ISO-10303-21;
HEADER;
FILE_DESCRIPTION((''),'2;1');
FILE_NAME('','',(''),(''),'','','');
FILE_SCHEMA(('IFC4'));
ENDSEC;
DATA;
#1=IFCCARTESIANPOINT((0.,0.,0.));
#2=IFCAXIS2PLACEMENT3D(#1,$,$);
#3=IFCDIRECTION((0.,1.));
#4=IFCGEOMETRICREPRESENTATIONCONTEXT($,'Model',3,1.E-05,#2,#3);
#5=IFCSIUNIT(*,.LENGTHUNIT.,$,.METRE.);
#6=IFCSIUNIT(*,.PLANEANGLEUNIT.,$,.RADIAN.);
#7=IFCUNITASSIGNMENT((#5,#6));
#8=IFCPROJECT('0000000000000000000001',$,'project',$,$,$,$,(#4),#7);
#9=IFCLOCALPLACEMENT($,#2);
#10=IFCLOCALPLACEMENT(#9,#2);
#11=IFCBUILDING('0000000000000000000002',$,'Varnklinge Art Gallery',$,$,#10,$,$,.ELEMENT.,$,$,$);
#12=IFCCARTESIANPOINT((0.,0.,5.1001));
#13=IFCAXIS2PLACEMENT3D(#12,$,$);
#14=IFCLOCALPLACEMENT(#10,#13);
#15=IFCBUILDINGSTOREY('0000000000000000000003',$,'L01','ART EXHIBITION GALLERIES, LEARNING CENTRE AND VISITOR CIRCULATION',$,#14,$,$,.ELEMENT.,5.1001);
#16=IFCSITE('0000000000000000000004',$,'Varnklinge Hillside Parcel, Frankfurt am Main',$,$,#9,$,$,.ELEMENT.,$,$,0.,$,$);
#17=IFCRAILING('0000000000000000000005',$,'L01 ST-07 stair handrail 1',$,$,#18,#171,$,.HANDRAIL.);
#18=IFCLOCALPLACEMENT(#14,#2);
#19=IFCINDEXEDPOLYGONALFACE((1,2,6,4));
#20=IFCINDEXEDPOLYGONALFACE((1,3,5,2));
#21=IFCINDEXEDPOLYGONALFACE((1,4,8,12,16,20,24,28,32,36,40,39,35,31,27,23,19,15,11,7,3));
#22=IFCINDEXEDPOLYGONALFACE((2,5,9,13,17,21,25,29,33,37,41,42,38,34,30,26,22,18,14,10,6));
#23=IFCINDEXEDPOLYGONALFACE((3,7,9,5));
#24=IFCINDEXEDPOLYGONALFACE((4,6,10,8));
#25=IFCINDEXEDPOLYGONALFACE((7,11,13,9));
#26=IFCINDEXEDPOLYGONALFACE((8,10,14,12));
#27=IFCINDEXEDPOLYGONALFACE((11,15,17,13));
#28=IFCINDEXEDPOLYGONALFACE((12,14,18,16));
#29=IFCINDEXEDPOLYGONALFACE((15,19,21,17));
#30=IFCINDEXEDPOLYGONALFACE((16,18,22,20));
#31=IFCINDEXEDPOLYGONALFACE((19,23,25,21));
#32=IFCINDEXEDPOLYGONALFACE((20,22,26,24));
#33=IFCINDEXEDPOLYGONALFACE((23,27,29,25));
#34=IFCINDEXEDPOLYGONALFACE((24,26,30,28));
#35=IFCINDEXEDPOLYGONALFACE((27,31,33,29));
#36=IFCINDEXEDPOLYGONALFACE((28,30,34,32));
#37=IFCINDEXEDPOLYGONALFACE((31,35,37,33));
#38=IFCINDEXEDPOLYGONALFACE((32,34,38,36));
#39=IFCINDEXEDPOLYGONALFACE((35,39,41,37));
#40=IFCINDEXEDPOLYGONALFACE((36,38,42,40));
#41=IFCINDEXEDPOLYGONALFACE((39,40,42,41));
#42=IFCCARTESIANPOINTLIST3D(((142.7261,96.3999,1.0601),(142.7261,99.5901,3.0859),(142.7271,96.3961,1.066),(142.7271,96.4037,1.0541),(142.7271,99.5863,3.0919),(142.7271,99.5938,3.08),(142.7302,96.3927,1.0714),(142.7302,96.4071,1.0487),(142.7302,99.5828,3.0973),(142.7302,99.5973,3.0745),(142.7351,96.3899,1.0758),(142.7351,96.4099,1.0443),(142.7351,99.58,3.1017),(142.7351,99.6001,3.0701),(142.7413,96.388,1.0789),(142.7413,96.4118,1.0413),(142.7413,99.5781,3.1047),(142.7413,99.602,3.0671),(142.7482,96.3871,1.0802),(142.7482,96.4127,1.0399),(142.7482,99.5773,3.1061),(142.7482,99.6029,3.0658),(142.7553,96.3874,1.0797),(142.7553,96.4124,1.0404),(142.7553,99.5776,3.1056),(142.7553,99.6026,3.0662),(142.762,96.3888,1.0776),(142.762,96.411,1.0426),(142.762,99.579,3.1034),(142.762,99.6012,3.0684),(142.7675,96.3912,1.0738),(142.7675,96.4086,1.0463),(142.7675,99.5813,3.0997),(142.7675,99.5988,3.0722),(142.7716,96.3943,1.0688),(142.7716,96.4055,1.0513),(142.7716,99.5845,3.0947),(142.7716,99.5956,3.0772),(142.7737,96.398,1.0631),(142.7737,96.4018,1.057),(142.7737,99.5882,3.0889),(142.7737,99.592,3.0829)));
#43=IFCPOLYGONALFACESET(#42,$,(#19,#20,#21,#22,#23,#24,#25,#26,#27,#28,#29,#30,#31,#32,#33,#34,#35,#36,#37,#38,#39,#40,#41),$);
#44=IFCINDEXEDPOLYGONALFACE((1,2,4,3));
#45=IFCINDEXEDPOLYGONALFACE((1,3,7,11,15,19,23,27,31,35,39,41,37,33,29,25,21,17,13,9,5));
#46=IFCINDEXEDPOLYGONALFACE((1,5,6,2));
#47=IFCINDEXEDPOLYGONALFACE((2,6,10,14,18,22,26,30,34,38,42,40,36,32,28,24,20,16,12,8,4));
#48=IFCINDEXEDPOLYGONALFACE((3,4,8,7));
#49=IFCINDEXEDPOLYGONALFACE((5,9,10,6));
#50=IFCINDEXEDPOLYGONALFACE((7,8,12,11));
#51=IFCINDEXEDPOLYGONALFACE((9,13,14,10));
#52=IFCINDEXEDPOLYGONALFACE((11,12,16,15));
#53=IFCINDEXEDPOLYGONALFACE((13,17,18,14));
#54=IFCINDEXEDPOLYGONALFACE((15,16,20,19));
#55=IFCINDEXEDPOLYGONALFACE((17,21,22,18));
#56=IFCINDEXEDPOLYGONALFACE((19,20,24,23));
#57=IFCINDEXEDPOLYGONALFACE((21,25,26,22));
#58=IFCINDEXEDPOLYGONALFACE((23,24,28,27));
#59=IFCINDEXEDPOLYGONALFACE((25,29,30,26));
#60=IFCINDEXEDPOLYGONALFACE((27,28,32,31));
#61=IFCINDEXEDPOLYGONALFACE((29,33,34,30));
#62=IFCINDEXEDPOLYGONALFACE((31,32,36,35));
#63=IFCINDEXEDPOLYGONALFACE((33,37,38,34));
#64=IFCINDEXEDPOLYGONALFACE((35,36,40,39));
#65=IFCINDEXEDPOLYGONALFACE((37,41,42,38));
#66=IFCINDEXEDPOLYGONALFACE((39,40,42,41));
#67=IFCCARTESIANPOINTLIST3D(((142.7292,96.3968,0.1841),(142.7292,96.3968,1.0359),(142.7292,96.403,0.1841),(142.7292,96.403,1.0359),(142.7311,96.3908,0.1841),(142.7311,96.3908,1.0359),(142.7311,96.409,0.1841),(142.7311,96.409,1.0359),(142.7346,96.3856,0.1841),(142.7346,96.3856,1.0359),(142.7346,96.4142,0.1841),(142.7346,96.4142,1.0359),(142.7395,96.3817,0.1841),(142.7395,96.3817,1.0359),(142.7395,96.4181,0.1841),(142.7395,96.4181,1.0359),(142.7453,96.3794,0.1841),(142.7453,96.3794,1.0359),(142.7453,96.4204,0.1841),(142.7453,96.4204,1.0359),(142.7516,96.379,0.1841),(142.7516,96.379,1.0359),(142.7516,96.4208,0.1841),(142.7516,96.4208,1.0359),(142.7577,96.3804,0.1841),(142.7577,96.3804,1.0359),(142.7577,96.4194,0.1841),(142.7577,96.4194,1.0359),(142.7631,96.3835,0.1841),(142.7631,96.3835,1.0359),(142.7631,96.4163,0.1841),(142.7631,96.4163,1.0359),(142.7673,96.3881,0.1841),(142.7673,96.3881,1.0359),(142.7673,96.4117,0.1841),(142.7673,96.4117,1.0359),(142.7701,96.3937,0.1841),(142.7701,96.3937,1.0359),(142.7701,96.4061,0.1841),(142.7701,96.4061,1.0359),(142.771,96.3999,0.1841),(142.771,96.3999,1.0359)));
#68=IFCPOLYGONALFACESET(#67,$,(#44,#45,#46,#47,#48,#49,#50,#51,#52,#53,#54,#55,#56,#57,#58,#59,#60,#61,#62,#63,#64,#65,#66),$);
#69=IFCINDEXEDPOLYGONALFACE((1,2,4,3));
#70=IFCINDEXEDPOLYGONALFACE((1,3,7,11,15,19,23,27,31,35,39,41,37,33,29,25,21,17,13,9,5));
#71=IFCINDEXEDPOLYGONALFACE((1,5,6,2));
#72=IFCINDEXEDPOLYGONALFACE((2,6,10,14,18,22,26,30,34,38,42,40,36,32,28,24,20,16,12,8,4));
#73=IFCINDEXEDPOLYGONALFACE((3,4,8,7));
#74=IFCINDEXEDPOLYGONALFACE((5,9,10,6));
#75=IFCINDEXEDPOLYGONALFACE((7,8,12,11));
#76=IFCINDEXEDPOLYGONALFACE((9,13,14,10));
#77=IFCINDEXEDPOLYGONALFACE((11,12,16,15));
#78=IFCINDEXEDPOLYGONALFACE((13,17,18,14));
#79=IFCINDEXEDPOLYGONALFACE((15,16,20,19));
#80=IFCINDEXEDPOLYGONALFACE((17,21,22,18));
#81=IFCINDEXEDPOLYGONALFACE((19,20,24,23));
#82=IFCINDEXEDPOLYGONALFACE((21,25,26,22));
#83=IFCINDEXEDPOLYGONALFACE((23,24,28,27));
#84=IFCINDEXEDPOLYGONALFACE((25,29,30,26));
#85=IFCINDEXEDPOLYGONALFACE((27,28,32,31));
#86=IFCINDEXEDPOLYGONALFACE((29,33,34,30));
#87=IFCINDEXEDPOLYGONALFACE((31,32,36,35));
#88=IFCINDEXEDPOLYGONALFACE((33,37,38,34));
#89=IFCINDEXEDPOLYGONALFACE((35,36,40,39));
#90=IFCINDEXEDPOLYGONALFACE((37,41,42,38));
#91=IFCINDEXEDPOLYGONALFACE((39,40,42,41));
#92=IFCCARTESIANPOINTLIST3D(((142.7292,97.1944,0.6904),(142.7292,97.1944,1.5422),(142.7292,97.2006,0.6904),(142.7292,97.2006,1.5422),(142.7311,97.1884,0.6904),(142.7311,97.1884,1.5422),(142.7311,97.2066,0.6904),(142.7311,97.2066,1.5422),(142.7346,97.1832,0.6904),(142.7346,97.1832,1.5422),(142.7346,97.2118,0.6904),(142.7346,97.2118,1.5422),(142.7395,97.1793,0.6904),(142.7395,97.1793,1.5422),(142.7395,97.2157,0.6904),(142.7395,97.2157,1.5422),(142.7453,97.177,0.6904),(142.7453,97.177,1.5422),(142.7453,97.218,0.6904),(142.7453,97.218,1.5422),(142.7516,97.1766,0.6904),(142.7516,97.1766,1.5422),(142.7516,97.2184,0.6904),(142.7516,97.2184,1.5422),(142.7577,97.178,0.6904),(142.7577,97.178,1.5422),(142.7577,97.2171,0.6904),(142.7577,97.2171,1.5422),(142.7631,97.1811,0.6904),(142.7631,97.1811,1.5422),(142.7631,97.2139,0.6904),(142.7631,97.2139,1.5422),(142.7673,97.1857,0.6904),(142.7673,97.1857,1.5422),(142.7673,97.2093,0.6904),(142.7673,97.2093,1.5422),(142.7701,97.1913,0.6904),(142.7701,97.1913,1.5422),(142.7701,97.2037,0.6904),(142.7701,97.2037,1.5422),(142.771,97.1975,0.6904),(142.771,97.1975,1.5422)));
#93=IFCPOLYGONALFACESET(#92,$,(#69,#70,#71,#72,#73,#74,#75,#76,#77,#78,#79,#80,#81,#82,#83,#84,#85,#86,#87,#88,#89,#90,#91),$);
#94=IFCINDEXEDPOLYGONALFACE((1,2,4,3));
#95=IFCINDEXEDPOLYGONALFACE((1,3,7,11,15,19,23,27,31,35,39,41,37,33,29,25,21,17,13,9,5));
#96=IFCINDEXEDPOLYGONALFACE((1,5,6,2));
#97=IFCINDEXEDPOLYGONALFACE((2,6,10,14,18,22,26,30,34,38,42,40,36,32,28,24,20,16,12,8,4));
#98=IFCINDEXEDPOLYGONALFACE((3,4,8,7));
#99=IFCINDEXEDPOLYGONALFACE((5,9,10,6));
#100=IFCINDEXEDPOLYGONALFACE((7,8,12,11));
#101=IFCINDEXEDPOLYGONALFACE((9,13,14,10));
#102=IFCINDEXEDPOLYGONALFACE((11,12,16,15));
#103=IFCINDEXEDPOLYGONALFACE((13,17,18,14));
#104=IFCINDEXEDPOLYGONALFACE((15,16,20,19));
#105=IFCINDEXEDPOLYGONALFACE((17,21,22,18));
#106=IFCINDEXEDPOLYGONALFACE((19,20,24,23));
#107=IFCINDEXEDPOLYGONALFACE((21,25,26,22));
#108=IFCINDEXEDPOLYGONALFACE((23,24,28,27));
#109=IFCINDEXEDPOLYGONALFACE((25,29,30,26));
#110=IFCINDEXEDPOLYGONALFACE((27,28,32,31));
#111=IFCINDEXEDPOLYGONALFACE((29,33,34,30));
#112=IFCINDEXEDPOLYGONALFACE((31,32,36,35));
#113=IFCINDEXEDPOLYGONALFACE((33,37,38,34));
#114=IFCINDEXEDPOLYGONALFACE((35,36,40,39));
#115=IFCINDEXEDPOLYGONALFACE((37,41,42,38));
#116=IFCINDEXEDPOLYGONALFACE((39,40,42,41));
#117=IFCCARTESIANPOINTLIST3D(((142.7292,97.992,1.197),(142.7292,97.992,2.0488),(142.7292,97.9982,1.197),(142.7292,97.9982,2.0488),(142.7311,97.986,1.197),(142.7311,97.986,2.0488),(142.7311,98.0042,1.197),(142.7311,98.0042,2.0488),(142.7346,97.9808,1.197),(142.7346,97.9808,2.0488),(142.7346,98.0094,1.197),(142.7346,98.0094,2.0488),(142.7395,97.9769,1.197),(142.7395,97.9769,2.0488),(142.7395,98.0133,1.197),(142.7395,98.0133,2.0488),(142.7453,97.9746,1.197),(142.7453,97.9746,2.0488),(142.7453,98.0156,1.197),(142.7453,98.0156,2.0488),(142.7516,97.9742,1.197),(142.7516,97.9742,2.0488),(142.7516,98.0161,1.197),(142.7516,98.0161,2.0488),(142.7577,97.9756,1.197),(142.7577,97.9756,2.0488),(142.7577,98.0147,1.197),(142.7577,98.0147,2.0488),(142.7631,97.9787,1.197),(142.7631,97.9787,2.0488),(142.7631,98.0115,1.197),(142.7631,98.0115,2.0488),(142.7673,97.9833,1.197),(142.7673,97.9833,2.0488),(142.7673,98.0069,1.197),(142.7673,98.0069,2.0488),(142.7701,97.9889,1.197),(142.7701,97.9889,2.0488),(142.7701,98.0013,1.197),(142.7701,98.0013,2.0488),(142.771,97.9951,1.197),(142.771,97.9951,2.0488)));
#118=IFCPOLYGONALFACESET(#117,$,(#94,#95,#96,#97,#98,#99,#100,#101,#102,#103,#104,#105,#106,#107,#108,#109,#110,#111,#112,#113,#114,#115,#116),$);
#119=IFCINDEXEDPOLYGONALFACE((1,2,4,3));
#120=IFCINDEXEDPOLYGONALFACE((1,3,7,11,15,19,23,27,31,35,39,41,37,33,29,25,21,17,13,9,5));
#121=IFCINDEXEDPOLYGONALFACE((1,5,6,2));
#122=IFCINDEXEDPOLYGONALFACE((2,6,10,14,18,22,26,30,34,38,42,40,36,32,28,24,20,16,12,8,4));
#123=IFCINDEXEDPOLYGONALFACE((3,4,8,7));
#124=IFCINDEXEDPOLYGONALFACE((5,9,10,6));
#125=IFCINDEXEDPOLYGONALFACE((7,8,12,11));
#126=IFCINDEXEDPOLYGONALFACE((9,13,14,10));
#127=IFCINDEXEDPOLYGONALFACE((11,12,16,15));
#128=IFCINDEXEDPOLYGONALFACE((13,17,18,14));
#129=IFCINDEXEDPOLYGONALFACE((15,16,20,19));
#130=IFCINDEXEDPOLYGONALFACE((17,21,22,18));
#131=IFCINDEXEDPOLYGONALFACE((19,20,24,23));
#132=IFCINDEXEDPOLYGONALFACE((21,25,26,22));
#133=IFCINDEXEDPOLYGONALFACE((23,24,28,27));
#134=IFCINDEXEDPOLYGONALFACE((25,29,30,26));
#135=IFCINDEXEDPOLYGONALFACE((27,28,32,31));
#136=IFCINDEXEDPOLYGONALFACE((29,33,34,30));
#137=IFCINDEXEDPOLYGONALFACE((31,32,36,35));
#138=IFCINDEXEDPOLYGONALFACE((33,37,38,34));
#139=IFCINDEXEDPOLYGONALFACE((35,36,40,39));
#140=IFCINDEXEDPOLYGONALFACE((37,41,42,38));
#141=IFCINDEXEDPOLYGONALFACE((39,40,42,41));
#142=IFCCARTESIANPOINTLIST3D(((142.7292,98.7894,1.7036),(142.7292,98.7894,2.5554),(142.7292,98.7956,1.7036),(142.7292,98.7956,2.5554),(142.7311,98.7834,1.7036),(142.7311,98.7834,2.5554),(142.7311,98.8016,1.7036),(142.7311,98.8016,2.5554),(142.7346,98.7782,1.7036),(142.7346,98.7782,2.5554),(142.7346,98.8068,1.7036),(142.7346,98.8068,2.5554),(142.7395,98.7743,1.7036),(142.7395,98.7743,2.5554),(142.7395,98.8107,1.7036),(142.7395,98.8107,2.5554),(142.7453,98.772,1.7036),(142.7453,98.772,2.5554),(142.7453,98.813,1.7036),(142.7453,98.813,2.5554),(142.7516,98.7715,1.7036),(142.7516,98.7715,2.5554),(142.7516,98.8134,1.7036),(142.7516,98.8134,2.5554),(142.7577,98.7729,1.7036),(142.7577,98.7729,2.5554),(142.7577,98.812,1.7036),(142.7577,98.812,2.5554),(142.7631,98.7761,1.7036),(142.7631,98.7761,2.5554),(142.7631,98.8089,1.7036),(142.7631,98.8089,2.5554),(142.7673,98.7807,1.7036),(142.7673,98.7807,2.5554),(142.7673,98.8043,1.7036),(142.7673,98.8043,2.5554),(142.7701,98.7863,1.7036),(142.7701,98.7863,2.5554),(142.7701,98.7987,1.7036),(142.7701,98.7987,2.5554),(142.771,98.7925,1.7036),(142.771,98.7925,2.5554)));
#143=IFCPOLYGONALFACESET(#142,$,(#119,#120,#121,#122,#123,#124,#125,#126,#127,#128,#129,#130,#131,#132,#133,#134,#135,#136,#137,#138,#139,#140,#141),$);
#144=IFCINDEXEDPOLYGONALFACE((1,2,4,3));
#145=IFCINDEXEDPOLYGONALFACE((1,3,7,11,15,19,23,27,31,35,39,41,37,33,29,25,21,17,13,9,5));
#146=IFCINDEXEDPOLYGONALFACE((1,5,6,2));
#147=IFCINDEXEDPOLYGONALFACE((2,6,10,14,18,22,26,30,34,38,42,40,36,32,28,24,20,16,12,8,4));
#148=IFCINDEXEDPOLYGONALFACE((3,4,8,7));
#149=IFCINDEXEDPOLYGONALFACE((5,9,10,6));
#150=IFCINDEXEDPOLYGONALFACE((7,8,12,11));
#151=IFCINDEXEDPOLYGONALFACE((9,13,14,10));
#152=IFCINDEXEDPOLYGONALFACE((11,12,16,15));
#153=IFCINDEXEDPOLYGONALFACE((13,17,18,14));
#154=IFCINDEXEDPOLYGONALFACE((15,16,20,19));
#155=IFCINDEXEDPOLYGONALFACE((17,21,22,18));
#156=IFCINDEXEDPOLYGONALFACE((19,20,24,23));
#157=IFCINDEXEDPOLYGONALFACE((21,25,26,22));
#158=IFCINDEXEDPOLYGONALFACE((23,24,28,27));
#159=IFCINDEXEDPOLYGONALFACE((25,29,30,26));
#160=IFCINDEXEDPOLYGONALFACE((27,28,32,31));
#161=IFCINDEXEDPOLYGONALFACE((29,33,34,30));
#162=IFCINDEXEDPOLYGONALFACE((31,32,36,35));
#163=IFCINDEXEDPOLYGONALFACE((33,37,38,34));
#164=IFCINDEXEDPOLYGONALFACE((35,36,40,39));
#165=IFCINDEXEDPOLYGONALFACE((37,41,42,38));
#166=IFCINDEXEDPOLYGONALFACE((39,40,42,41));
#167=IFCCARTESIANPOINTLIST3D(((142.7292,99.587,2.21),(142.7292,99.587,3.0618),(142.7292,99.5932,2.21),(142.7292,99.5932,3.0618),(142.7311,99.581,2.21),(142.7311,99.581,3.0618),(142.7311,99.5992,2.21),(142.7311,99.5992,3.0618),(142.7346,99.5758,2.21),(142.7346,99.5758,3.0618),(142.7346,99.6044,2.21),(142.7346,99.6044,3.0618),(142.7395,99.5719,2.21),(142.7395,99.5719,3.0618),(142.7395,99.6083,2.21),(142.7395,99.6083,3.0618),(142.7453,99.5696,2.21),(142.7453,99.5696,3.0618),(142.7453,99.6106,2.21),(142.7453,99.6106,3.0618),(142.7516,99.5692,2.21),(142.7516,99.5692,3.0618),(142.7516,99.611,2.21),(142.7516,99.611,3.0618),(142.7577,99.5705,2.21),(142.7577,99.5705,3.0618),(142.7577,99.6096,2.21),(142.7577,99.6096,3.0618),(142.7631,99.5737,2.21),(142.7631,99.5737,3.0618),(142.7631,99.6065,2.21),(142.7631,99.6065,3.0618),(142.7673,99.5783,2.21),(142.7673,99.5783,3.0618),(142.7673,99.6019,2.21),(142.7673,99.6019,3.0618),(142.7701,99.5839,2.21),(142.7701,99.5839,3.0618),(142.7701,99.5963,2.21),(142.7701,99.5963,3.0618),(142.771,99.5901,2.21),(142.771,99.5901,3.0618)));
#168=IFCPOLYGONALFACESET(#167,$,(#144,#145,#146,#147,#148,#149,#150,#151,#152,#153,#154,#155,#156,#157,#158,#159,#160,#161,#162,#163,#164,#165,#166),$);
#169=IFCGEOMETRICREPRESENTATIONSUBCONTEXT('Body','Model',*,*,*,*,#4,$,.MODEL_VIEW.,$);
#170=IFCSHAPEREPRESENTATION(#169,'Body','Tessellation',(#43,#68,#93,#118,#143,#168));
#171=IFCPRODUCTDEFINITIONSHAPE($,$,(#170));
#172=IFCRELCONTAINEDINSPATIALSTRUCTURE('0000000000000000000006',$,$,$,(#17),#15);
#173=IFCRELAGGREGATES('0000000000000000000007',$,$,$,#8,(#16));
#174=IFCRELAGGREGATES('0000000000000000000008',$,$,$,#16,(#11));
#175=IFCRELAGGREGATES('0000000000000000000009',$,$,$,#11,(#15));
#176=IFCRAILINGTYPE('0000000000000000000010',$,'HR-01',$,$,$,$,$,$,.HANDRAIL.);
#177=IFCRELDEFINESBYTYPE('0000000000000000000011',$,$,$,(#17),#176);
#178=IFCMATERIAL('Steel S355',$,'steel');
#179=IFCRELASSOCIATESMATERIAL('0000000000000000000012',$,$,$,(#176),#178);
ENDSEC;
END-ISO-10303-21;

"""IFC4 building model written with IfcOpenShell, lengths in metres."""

from ifc_helpers import new_model, si_unit, direction, frame, origin, origin_2d, place, context, subcontext, project, spatial, circle, extrude, material, type_object, element, save


model = new_model("IFC4")

# Units and contexts
model_context = context("Model", 3, precision=1e-05, world=origin(), true_north=direction((0.0, 1.0)))
body_context = subcontext(model_context, "Body", "Model", "MODEL_VIEW")
ifc_project = project(units=[si_unit("LENGTHUNIT", "METRE"), si_unit("PLANEANGLEUNIT", "RADIAN")], contexts=[model_context])

# Site, building, storey
site_placement = place(None, origin())
site = spatial("IfcSite", under=ifc_project, at=site_placement, Name="Varnklinge Hillside Parcel, Frankfurt am Main", CompositionType="ELEMENT", RefElevation=0.0)
building_placement = place(site_placement, origin())
building = spatial("IfcBuilding", under=site, at=building_placement, Name="Varnklinge Art Gallery", CompositionType="ELEMENT")
storey_placement = place(building_placement, frame((0.0, 0.0, 5.1001)))
storey = spatial("IfcBuildingStorey", under=building, at=storey_placement, Name="L01", Description="ART EXHIBITION GALLERIES, LEARNING CENTRE AND VISITOR CIRCULATION", CompositionType="ELEMENT", Elevation=5.1001)

# Railing
ifc_material_1 = material(Name="Steel S355", Category="steel")
railing_type_1 = type_object("IfcRailingType", Name="HR-01", PredefinedType="HANDRAIL", material=ifc_material_1)
railing_1_placement = place(storey_placement, frame((142.75, 96.3999, 0.1841)))
element("IfcRailing", 1, at=railing_1_placement, inside=storey, type_object=railing_type_1, Name="L01 ST-07 stair handrail 1", PredefinedType="HANDRAIL", context=body_context, shape_type="SweptSolid", body=[
    extrude(circle(Radius=0.0239, at=origin_2d()), frame((0.0, 0.0, 0.876), z_axis=(0.0, 0.844169, 0.536077), x_axis=(-1.0, 0.0, 0.0)), (0.0, 0.0, 1.0), 3.7791),
    extrude(circle(Radius=0.021, at=origin_2d()), origin(), (0.0, 0.0, 1.0), 0.8518),
    extrude(circle(Radius=0.021, at=origin_2d()), frame((0.0, 0.7976, 0.5063)), (0.0, 0.0, 1.0), 0.8518),
    extrude(circle(Radius=0.021, at=origin_2d()), frame((0.0, 1.5952, 1.0129)), (0.0, 0.0, 1.0), 0.8518),
    extrude(circle(Radius=0.021, at=origin_2d()), frame((0.0, 2.3926, 1.5195)), (0.0, 0.0, 1.0), 0.8518),
    extrude(circle(Radius=0.021, at=origin_2d()), frame((0.0, 3.1902, 2.0259)), (0.0, 0.0, 1.0), 0.8518),
])

save(model, "model.ifc")
